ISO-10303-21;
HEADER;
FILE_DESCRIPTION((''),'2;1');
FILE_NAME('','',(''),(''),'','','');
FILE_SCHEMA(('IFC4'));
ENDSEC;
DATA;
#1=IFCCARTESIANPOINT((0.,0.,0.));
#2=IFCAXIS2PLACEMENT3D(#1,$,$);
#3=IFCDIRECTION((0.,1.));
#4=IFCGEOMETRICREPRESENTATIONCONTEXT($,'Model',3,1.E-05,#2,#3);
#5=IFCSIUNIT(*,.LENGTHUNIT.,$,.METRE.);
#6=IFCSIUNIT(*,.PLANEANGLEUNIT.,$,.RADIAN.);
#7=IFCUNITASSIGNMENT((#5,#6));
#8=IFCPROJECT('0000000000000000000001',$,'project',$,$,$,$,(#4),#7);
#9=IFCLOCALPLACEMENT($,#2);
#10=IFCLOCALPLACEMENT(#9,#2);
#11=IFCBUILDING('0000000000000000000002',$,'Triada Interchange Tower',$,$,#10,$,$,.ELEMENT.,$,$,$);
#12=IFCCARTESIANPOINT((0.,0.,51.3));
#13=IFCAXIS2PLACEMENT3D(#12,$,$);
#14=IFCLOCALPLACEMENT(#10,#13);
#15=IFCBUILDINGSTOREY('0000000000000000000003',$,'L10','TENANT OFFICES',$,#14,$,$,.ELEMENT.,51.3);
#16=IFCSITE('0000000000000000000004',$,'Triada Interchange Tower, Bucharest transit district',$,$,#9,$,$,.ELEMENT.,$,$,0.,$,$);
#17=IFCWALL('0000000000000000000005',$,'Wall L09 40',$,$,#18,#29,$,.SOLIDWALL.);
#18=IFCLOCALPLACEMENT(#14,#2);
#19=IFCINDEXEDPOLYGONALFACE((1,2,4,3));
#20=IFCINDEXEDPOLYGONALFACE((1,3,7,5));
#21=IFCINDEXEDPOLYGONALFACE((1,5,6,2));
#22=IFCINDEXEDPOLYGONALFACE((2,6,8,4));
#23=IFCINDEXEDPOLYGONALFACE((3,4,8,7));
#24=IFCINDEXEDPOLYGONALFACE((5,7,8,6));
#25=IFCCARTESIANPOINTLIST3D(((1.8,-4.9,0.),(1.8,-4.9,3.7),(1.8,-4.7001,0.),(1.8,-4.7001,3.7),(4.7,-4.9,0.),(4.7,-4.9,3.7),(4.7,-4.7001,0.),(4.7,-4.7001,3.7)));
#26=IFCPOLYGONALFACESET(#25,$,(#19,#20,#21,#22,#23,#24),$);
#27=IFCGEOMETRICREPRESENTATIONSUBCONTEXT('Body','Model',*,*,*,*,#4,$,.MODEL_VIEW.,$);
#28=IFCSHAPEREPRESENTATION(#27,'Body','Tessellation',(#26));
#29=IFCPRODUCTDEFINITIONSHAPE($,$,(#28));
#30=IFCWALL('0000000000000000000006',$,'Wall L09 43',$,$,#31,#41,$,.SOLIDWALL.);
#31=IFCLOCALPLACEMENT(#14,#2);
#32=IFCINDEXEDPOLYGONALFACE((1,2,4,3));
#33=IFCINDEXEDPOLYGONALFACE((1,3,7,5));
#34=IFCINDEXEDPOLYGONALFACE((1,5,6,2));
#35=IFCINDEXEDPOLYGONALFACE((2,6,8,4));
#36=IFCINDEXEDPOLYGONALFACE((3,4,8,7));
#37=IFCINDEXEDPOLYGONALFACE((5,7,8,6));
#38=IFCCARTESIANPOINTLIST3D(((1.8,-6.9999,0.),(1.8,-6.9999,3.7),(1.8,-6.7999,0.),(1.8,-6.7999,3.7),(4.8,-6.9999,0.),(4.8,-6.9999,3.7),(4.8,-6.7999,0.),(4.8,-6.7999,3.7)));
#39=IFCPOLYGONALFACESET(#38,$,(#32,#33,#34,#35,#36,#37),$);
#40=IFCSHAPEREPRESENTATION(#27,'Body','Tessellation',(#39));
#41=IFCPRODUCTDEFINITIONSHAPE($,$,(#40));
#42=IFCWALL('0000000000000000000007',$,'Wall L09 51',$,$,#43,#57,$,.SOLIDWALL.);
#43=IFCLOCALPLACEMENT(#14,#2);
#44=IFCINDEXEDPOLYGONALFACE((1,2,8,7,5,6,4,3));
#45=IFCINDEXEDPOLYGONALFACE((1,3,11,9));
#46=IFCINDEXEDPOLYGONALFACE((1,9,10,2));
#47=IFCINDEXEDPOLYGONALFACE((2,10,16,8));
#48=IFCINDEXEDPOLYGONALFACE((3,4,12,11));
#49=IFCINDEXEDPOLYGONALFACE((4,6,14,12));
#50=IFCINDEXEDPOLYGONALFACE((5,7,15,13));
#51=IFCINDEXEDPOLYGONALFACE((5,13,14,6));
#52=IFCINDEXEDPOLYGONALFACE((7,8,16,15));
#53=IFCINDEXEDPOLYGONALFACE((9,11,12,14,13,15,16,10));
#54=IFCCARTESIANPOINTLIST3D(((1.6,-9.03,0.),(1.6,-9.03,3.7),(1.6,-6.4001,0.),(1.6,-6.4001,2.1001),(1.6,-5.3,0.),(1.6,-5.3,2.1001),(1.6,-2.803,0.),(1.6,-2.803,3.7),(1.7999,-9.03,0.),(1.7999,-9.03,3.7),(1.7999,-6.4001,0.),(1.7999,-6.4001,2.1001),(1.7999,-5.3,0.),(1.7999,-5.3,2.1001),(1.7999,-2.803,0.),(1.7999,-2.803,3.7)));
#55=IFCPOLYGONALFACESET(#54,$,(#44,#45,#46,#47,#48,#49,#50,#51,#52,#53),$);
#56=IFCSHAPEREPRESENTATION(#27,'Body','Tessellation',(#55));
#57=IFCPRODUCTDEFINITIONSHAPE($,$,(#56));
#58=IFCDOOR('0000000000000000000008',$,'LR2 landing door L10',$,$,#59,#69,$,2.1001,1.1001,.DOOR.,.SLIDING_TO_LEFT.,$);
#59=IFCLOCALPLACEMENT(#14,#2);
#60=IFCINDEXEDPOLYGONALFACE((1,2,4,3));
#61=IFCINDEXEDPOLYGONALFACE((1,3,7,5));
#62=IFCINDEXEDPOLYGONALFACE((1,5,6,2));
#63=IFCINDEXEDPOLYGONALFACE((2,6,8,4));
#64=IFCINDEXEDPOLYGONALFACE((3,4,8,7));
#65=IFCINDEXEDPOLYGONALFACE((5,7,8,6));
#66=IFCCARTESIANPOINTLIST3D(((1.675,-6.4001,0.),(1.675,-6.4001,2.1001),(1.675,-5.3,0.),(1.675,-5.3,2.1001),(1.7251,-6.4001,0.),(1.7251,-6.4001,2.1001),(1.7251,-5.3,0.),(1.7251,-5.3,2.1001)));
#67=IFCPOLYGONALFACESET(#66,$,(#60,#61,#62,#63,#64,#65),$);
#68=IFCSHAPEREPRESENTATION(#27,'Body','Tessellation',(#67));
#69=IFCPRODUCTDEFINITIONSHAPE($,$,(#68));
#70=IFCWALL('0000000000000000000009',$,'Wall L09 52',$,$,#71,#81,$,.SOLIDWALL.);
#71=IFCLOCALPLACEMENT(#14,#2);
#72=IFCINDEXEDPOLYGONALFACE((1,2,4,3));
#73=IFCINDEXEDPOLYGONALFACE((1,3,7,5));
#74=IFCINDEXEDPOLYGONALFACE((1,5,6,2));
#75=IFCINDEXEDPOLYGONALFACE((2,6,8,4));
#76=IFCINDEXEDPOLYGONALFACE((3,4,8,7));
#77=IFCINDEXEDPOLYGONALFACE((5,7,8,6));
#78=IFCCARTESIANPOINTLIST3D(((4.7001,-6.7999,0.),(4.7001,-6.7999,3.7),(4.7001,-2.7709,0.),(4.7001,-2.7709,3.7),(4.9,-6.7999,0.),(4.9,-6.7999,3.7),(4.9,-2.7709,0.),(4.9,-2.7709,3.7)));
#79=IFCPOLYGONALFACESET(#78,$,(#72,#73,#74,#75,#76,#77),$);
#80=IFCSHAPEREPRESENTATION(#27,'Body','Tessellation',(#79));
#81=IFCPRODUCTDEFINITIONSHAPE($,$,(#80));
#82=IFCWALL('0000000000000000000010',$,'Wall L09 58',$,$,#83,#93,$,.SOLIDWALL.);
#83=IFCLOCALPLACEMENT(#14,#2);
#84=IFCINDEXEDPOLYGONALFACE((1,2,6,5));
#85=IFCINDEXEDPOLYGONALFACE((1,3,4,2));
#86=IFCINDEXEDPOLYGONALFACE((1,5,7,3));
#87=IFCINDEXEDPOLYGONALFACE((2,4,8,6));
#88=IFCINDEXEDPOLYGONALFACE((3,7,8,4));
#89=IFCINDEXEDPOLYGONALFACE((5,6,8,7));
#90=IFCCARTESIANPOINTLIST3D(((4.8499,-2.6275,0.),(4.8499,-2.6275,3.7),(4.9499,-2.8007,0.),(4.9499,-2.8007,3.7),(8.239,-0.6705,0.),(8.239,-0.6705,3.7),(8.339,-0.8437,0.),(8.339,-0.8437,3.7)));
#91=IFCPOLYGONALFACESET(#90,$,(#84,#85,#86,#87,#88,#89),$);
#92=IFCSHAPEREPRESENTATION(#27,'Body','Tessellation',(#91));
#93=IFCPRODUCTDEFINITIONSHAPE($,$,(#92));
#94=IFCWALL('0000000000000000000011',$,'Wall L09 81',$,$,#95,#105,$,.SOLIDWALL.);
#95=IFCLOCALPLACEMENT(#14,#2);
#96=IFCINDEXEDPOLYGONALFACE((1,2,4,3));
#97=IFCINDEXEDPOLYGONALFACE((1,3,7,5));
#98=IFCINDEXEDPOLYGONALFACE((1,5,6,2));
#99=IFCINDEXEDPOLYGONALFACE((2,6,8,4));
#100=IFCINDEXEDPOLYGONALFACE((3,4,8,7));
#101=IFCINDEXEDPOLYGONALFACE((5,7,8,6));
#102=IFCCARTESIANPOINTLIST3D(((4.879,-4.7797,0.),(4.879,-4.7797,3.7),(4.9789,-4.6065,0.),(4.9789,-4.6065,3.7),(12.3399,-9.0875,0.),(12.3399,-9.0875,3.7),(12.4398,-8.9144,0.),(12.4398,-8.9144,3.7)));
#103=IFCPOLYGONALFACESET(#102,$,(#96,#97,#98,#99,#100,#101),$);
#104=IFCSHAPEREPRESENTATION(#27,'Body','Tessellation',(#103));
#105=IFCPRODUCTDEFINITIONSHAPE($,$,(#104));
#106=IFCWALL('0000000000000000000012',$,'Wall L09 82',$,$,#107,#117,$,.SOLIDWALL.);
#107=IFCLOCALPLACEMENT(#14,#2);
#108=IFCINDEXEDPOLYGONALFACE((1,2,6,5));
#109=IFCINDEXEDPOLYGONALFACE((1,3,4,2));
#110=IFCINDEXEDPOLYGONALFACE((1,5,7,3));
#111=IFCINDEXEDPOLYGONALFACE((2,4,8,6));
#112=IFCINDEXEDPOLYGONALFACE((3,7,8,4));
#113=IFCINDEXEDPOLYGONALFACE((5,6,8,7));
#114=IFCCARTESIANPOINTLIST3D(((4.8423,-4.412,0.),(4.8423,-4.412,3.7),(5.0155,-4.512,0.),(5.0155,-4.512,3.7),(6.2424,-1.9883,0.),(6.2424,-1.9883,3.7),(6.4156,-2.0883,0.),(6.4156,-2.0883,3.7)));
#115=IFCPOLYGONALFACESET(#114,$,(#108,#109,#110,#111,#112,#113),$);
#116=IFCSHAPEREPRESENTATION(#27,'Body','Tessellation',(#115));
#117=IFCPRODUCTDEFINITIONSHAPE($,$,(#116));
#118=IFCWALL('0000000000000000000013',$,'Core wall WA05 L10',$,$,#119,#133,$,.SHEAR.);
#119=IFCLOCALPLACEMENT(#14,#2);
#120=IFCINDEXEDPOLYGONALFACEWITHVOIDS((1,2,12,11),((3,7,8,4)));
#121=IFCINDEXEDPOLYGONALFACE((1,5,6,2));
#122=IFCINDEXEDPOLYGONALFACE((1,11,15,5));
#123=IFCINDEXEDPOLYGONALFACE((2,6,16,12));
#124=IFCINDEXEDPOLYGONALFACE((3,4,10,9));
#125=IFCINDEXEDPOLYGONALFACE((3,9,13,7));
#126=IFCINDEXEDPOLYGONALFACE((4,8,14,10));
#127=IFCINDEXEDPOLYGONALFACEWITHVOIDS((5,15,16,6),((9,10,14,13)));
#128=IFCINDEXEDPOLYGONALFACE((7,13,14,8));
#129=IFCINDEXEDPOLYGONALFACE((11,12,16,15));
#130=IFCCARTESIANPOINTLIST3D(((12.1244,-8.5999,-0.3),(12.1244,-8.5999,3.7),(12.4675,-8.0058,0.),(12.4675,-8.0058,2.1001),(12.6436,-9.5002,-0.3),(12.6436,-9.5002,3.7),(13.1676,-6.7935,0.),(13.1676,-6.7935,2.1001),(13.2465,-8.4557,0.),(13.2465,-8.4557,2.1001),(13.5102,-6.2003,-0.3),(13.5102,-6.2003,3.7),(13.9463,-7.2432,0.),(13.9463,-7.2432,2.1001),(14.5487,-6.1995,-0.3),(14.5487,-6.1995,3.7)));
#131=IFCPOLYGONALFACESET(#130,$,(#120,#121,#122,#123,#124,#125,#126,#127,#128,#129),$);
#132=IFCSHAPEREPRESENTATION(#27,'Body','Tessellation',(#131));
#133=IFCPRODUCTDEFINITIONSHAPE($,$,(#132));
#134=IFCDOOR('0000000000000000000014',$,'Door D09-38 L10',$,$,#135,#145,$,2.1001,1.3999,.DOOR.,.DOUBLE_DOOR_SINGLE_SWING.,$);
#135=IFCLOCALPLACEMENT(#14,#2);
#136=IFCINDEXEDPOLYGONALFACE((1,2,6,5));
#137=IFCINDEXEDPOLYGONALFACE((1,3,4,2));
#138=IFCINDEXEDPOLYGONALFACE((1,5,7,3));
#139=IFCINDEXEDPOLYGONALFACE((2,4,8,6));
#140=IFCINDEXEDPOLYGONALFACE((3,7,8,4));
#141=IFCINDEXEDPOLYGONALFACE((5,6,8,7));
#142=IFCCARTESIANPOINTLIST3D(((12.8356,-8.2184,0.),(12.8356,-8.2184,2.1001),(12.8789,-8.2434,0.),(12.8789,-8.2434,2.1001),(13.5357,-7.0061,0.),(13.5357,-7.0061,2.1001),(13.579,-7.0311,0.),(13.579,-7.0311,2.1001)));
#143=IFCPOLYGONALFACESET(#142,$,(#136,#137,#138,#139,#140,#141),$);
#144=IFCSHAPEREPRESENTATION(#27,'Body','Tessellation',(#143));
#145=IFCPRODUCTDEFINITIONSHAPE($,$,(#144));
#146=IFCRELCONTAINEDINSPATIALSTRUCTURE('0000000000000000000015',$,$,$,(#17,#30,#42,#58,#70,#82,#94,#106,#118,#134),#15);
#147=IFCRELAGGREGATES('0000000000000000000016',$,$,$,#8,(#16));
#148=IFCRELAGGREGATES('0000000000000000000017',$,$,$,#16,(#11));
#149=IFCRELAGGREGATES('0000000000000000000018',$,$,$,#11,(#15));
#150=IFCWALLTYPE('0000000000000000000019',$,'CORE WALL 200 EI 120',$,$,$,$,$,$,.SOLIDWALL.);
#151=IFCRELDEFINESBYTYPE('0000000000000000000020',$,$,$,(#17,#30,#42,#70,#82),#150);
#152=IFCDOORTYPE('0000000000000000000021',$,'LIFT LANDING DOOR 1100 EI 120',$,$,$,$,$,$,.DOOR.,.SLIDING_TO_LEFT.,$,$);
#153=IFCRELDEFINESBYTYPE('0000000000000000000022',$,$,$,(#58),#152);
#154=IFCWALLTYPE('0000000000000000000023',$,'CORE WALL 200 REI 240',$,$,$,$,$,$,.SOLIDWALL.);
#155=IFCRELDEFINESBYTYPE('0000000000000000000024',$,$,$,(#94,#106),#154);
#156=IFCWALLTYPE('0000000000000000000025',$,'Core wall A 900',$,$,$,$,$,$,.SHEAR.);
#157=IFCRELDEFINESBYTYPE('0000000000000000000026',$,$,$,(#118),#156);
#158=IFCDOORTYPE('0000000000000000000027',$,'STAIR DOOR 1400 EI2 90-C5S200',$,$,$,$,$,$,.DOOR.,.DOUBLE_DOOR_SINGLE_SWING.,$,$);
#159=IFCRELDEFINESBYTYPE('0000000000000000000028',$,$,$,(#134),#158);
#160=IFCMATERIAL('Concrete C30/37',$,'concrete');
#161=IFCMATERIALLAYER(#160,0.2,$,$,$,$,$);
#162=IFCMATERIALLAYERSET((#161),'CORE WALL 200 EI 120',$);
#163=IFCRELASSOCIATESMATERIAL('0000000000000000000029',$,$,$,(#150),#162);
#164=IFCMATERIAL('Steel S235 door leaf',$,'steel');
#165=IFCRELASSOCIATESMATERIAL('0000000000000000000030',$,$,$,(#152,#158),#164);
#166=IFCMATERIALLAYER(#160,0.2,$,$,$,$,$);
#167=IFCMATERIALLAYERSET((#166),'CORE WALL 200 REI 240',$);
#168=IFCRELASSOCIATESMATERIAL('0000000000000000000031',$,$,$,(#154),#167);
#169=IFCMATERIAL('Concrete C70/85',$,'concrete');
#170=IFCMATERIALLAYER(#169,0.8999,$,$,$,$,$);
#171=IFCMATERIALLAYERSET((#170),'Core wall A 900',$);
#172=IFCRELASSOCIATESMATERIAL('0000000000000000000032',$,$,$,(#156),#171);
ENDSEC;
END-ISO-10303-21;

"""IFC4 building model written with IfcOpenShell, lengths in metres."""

from ifc_helpers import new_model, si_unit, direction, frame, frame_2d, origin, place, context, subcontext, project, spatial, polyline, rectangle, outline, extrude, material, layer, layer_set, type_object, element, fill, save


model = new_model("IFC4")

# Units and contexts
model_context = context("Model", 3, precision=1e-05, world=origin(), true_north=direction((0.0, 1.0)))
body_context = subcontext(model_context, "Body", "Model", "MODEL_VIEW")
ifc_project = project(units=[si_unit("LENGTHUNIT", "METRE"), si_unit("PLANEANGLEUNIT", "RADIAN")], contexts=[model_context])

# Site, building, storey
site_placement = place(None, origin())
site = spatial("IfcSite", under=ifc_project, at=site_placement, Name="Triada Interchange Tower, Bucharest transit district", CompositionType="ELEMENT", RefElevation=0.0)
building_placement = place(site_placement, origin())
building = spatial("IfcBuilding", under=site, at=building_placement, Name="Triada Interchange Tower", CompositionType="ELEMENT")
storey_placement = place(building_placement, frame((0.0, 0.0, 51.3)))
storey = spatial("IfcBuildingStorey", under=building, at=storey_placement, Name="L10", Description="TENANT OFFICES", CompositionType="ELEMENT", Elevation=51.3)

# Walls
ifc_material_1 = material(Name="Concrete C30/37", Category="concrete")
ifc_layer_1 = layer(ifc_material_1, 0.2)
ifc_layer_set_1 = layer_set([ifc_layer_1], Name="CORE WALL 200 EI 120")
wall_type_1 = type_object("IfcWallType", Name="CORE WALL 200 EI 120", PredefinedType="SOLIDWALL", material=ifc_layer_set_1)
wall_1_placement = place(storey_placement, frame((1.8, -4.8, 0.0), z_axis=(0.0, 0.0, 1.0), x_axis=(1.0, 0.0, 0.0)))
element("IfcWall", 1, at=wall_1_placement, inside=storey, type_object=wall_type_1, Name="Wall L09 40", PredefinedType="SOLIDWALL", context=body_context, shape_type="SweptSolid", body=[
    extrude(rectangle(XDim=2.8999, YDim=0.2, at=frame_2d((1.45, 0.0))), origin(), (0.0, 0.0, 1.0), 3.7),
])
wall_2_placement = place(storey_placement, frame((1.8, -6.8999, 0.0), z_axis=(0.0, 0.0, 1.0), x_axis=(1.0, 0.0, 0.0)))
element("IfcWall", 2, at=wall_2_placement, inside=storey, type_object=wall_type_1, Name="Wall L09 43", PredefinedType="SOLIDWALL", context=body_context, shape_type="SweptSolid", body=[
    extrude(rectangle(XDim=3.0, YDim=0.2, at=frame_2d((1.5, 0.0))), origin(), (0.0, 0.0, 1.0), 3.7),
])

# Wall, opening, door
wall_3_placement = place(storey_placement, frame((1.7, -9.03, 0.0), z_axis=(0.0, 0.0, 1.0), x_axis=(0.0, 1.0, 0.0)))
wall_3 = element("IfcWall", 3, at=wall_3_placement, inside=storey, type_object=wall_type_1, Name="Wall L09 51", PredefinedType="SOLIDWALL", context=body_context, shape_type="SweptSolid", body=[
    extrude(rectangle(XDim=6.2271, YDim=0.2, at=frame_2d((3.1135, 0.0))), origin(), (0.0, 0.0, 1.0), 3.7),
])
opening_1_placement = place(wall_3_placement, frame((2.6299, 0.0, 0.0)))
opening_1 = element("IfcOpeningElement", 4, at=opening_1_placement, cuts=wall_3, PredefinedType="OPENING", context=body_context, shape_type="SweptSolid", body=[
    extrude(rectangle(XDim=1.1001, YDim=2.1001, at=frame_2d((0.55, 1.05))), frame((0.0, 0.1099, 0.0), z_axis=(0.0, -1.0, 0.0), x_axis=(1.0, 0.0, 0.0)), (0.0, 0.0, 1.0), 0.22),
])
ifc_material_2 = material(Name="Steel S235 door leaf", Category="steel")
door_type_1 = type_object("IfcDoorType", Name="LIFT LANDING DOOR 1100 EI 120", OperationType="SLIDING_TO_LEFT", PredefinedType="DOOR", material=ifc_material_2)
door_1_placement = place(opening_1_placement, origin())
door_1 = element("IfcDoor", 5, at=door_1_placement, inside=storey, type_object=door_type_1, Name="LR2 landing door L10", OperationType="SLIDING_TO_LEFT", OverallHeight=2.1001, OverallWidth=1.1001, PredefinedType="DOOR", context=body_context, shape_type="SweptSolid", body=[
    extrude(rectangle(XDim=1.1001, YDim=2.1001, at=frame_2d((0.55, 1.05))), frame((0.0, 0.0249, 0.0), z_axis=(0.0, -1.0, 0.0), x_axis=(1.0, 0.0, 0.0)), (0.0, 0.0, 1.0), 0.05),
])
fill(opening_1, door_1)

# Walls
wall_4_placement = place(storey_placement, frame((4.8, -6.8, 0.0), z_axis=(0.0, 0.0, 1.0), x_axis=(0.0, 1.0, 0.0)))
element("IfcWall", 6, at=wall_4_placement, inside=storey, type_object=wall_type_1, Name="Wall L09 52", PredefinedType="SOLIDWALL", context=body_context, shape_type="SweptSolid", body=[
    extrude(rectangle(XDim=4.0291, YDim=0.2, at=frame_2d((2.0146, 0.0))), origin(), (0.0, 0.0, 1.0), 3.7),
])
wall_5_placement = place(storey_placement, frame((4.8999, -2.7141, 0.0), z_axis=(0.0, 0.0, 1.0), x_axis=(0.865992, 0.500057, 0.0)))
element("IfcWall", 7, at=wall_5_placement, inside=storey, type_object=wall_type_1, Name="Wall L09 58", PredefinedType="SOLIDWALL", context=body_context, shape_type="SweptSolid", body=[
    extrude(rectangle(XDim=3.9136, YDim=0.2, at=frame_2d((1.9568, 0.0))), origin(), (0.0, 0.0, 1.0), 3.7),
])
ifc_layer_2 = layer(ifc_material_1, 0.2)
ifc_layer_set_2 = layer_set([ifc_layer_2], Name="CORE WALL 200 REI 240")
wall_type_2 = type_object("IfcWallType", Name="CORE WALL 200 REI 240", PredefinedType="SOLIDWALL", material=ifc_layer_set_2)
wall_6_placement = place(storey_placement, frame((4.929, -4.6931, 0.0), z_axis=(0.0, 0.0, 1.0), x_axis=(0.866011, -0.500025, 0.0)))
element("IfcWall", 8, at=wall_6_placement, inside=storey, type_object=wall_type_2, Name="Wall L09 81", PredefinedType="SOLIDWALL", context=body_context, shape_type="SweptSolid", body=[
    extrude(rectangle(XDim=8.6152, YDim=0.2, at=frame_2d((4.3076, 0.0))), origin(), (0.0, 0.0, 1.0), 3.7),
])
wall_7_placement = place(storey_placement, frame((4.929, -4.4619, 0.0), z_axis=(0.0, 0.0, 1.0), x_axis=(0.500201, 0.86591, 0.0)))
element("IfcWall", 9, at=wall_7_placement, inside=storey, type_object=wall_type_2, Name="Wall L09 82", PredefinedType="SOLIDWALL", context=body_context, shape_type="SweptSolid", body=[
    extrude(rectangle(XDim=2.7991, YDim=0.2, at=frame_2d((1.3994, 0.0))), origin(), (0.0, 0.0, 1.0), 3.7),
])

# Wall, opening, door
ifc_material_3 = material(Name="Concrete C70/85", Category="concrete")
ifc_layer_3 = layer(ifc_material_3, 0.8999)
ifc_layer_set_3 = layer_set([ifc_layer_3], Name="Core wall A 900")
wall_type_3 = type_object("IfcWallType", Name="Core wall A 900", PredefinedType="SHEAR", material=ifc_layer_set_3)
wall_8_placement = place(storey_placement, frame((12.384, -9.05, -0.3), z_axis=(0.0, 0.0, 1.0), x_axis=(0.500112, 0.865961, 0.0)))
wall_8 = element("IfcWall", 10, at=wall_8_placement, inside=storey, type_object=wall_type_3, Name="Core wall WA05 L10", PredefinedType="SHEAR", context=body_context, shape_type="SweptSolid", body=[
    extrude(outline(polyline([(-0.26, -0.45), (1.6455, -0.4495), (3.551, -0.449), (3.031, 0.45), (1.6455, 0.45), (0.26, 0.45), (-0.26, -0.45)])), origin(), (0.0, 0.0, 1.0), 4.0),
])
opening_2_placement = place(wall_8_placement, frame((0.946, 0.0, 0.3)))
opening_2 = element("IfcOpeningElement", 11, at=opening_2_placement, cuts=wall_8, PredefinedType="OPENING", context=body_context, shape_type="SweptSolid", body=[
    extrude(rectangle(XDim=1.3999, YDim=2.1001, at=frame_2d((0.7, 1.05))), frame((0.0, 0.46, 0.0), z_axis=(0.0, -1.0, 0.0), x_axis=(1.0, 0.0, 0.0)), (0.0, 0.0, 1.0), 0.9199),
])
door_type_2 = type_object("IfcDoorType", Name="STAIR DOOR 1400 EI2 90-C5S200", OperationType="DOUBLE_DOOR_SINGLE_SWING", PredefinedType="DOOR", material=ifc_material_2)
door_2_placement = place(opening_2_placement, origin())
door_2 = element("IfcDoor", 12, at=door_2_placement, inside=storey, type_object=door_type_2, Name="Door D09-38 L10", OperationType="DOUBLE_DOOR_SINGLE_SWING", OverallHeight=2.1001, OverallWidth=1.3999, PredefinedType="DOOR", context=body_context, shape_type="SweptSolid", body=[
    extrude(rectangle(XDim=1.3999, YDim=2.1001, at=frame_2d((0.7, 1.05))), frame((0.0, 0.0249, 0.0), z_axis=(0.0, -1.0, 0.0), x_axis=(1.0, 0.0, 0.0)), (0.0, 0.0, 1.0), 0.05),
])
fill(opening_2, door_2)

save(model, "model.ifc")
